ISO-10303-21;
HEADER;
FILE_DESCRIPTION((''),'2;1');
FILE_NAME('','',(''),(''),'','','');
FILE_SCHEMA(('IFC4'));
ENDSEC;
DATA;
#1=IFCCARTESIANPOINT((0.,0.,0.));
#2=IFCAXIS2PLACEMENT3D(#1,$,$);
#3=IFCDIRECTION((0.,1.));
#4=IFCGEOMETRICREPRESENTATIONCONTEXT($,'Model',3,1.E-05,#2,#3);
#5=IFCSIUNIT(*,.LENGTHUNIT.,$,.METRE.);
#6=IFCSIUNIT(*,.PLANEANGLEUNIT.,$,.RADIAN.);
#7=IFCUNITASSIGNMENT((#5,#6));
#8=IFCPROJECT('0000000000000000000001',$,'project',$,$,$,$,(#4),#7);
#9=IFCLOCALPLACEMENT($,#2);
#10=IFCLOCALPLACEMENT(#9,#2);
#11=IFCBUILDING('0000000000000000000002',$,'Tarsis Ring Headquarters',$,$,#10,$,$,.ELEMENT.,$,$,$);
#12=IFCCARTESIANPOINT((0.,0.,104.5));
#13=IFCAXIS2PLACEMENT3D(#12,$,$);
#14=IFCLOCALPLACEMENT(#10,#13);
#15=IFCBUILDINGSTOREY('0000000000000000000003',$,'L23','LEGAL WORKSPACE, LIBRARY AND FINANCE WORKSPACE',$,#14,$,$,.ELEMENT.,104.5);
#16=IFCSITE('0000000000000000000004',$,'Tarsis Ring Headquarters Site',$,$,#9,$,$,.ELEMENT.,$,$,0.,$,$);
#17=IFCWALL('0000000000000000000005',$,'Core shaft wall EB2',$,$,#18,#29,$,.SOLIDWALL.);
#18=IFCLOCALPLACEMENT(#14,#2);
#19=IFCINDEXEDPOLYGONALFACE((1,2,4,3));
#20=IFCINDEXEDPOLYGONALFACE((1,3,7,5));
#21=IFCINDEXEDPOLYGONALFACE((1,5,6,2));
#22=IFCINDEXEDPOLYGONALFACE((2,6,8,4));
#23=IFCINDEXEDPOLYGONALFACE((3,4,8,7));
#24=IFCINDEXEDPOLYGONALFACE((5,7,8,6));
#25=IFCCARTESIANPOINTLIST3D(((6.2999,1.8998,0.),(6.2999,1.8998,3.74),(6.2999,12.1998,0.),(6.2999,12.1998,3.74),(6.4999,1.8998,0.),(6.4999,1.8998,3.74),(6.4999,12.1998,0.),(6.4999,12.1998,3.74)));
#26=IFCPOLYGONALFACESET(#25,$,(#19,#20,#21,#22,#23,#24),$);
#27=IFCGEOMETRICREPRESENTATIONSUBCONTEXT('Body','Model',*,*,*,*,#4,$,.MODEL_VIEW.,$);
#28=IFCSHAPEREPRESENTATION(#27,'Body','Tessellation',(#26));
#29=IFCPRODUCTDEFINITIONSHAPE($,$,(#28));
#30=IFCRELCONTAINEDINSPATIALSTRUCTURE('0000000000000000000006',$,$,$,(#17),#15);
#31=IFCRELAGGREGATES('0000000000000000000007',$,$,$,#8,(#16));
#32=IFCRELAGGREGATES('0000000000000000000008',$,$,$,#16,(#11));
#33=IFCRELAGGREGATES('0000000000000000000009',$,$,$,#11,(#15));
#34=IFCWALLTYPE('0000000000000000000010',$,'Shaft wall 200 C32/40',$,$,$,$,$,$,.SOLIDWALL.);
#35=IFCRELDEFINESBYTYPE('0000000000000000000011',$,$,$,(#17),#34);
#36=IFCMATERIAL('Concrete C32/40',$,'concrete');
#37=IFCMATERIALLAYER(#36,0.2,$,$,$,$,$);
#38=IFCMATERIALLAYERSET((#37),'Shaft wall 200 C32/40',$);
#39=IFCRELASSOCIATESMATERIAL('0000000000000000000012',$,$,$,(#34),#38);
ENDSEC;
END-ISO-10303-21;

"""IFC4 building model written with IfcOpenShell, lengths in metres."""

from ifc_helpers import new_model, si_unit, direction, frame, frame_2d, origin, place, context, subcontext, project, spatial, rectangle, extrude, material, layer, layer_set, type_object, element, save


model = new_model("IFC4")

# Units and contexts
model_context = context("Model", 3, precision=1e-05, world=origin(), true_north=direction((0.0, 1.0)))
body_context = subcontext(model_context, "Body", "Model", "MODEL_VIEW")
ifc_project = project(units=[si_unit("LENGTHUNIT", "METRE"), si_unit("PLANEANGLEUNIT", "RADIAN")], contexts=[model_context])

# Site, building, storey
site_placement = place(None, origin())
site = spatial("IfcSite", under=ifc_project, at=site_placement, Name="Tarsis Ring Headquarters Site", CompositionType="ELEMENT", RefElevation=0.0)
building_placement = place(site_placement, origin())
building = spatial("IfcBuilding", under=site, at=building_placement, Name="Tarsis Ring Headquarters", CompositionType="ELEMENT")
storey_placement = place(building_placement, frame((0.0, 0.0, 104.5)))
storey = spatial("IfcBuildingStorey", under=building, at=storey_placement, Name="L23", Description="LEGAL WORKSPACE, LIBRARY AND FINANCE WORKSPACE", CompositionType="ELEMENT", Elevation=104.5)

# Wall
ifc_material_1 = material(Name="Concrete C32/40", Category="concrete")
ifc_layer_1 = layer(ifc_material_1, 0.2)
ifc_layer_set_1 = layer_set([ifc_layer_1], Name="Shaft wall 200 C32/40")
wall_type_1 = type_object("IfcWallType", Name="Shaft wall 200 C32/40", PredefinedType="SOLIDWALL", material=ifc_layer_set_1)
wall_1_placement = place(storey_placement, frame((6.3999, 1.8999, 0.0), z_axis=(0.0, 0.0, 1.0), x_axis=(0.0, 1.0, 0.0)))
element("IfcWall", 1, at=wall_1_placement, inside=storey, type_object=wall_type_1, Name="Core shaft wall EB2", PredefinedType="SOLIDWALL", context=body_context, shape_type="SweptSolid", body=[
    extrude(rectangle(XDim=10.3, YDim=0.2, at=frame_2d((5.1499, 0.0))), origin(), (0.0, 0.0, 1.0), 3.74),
])

save(model, "model.ifc")
